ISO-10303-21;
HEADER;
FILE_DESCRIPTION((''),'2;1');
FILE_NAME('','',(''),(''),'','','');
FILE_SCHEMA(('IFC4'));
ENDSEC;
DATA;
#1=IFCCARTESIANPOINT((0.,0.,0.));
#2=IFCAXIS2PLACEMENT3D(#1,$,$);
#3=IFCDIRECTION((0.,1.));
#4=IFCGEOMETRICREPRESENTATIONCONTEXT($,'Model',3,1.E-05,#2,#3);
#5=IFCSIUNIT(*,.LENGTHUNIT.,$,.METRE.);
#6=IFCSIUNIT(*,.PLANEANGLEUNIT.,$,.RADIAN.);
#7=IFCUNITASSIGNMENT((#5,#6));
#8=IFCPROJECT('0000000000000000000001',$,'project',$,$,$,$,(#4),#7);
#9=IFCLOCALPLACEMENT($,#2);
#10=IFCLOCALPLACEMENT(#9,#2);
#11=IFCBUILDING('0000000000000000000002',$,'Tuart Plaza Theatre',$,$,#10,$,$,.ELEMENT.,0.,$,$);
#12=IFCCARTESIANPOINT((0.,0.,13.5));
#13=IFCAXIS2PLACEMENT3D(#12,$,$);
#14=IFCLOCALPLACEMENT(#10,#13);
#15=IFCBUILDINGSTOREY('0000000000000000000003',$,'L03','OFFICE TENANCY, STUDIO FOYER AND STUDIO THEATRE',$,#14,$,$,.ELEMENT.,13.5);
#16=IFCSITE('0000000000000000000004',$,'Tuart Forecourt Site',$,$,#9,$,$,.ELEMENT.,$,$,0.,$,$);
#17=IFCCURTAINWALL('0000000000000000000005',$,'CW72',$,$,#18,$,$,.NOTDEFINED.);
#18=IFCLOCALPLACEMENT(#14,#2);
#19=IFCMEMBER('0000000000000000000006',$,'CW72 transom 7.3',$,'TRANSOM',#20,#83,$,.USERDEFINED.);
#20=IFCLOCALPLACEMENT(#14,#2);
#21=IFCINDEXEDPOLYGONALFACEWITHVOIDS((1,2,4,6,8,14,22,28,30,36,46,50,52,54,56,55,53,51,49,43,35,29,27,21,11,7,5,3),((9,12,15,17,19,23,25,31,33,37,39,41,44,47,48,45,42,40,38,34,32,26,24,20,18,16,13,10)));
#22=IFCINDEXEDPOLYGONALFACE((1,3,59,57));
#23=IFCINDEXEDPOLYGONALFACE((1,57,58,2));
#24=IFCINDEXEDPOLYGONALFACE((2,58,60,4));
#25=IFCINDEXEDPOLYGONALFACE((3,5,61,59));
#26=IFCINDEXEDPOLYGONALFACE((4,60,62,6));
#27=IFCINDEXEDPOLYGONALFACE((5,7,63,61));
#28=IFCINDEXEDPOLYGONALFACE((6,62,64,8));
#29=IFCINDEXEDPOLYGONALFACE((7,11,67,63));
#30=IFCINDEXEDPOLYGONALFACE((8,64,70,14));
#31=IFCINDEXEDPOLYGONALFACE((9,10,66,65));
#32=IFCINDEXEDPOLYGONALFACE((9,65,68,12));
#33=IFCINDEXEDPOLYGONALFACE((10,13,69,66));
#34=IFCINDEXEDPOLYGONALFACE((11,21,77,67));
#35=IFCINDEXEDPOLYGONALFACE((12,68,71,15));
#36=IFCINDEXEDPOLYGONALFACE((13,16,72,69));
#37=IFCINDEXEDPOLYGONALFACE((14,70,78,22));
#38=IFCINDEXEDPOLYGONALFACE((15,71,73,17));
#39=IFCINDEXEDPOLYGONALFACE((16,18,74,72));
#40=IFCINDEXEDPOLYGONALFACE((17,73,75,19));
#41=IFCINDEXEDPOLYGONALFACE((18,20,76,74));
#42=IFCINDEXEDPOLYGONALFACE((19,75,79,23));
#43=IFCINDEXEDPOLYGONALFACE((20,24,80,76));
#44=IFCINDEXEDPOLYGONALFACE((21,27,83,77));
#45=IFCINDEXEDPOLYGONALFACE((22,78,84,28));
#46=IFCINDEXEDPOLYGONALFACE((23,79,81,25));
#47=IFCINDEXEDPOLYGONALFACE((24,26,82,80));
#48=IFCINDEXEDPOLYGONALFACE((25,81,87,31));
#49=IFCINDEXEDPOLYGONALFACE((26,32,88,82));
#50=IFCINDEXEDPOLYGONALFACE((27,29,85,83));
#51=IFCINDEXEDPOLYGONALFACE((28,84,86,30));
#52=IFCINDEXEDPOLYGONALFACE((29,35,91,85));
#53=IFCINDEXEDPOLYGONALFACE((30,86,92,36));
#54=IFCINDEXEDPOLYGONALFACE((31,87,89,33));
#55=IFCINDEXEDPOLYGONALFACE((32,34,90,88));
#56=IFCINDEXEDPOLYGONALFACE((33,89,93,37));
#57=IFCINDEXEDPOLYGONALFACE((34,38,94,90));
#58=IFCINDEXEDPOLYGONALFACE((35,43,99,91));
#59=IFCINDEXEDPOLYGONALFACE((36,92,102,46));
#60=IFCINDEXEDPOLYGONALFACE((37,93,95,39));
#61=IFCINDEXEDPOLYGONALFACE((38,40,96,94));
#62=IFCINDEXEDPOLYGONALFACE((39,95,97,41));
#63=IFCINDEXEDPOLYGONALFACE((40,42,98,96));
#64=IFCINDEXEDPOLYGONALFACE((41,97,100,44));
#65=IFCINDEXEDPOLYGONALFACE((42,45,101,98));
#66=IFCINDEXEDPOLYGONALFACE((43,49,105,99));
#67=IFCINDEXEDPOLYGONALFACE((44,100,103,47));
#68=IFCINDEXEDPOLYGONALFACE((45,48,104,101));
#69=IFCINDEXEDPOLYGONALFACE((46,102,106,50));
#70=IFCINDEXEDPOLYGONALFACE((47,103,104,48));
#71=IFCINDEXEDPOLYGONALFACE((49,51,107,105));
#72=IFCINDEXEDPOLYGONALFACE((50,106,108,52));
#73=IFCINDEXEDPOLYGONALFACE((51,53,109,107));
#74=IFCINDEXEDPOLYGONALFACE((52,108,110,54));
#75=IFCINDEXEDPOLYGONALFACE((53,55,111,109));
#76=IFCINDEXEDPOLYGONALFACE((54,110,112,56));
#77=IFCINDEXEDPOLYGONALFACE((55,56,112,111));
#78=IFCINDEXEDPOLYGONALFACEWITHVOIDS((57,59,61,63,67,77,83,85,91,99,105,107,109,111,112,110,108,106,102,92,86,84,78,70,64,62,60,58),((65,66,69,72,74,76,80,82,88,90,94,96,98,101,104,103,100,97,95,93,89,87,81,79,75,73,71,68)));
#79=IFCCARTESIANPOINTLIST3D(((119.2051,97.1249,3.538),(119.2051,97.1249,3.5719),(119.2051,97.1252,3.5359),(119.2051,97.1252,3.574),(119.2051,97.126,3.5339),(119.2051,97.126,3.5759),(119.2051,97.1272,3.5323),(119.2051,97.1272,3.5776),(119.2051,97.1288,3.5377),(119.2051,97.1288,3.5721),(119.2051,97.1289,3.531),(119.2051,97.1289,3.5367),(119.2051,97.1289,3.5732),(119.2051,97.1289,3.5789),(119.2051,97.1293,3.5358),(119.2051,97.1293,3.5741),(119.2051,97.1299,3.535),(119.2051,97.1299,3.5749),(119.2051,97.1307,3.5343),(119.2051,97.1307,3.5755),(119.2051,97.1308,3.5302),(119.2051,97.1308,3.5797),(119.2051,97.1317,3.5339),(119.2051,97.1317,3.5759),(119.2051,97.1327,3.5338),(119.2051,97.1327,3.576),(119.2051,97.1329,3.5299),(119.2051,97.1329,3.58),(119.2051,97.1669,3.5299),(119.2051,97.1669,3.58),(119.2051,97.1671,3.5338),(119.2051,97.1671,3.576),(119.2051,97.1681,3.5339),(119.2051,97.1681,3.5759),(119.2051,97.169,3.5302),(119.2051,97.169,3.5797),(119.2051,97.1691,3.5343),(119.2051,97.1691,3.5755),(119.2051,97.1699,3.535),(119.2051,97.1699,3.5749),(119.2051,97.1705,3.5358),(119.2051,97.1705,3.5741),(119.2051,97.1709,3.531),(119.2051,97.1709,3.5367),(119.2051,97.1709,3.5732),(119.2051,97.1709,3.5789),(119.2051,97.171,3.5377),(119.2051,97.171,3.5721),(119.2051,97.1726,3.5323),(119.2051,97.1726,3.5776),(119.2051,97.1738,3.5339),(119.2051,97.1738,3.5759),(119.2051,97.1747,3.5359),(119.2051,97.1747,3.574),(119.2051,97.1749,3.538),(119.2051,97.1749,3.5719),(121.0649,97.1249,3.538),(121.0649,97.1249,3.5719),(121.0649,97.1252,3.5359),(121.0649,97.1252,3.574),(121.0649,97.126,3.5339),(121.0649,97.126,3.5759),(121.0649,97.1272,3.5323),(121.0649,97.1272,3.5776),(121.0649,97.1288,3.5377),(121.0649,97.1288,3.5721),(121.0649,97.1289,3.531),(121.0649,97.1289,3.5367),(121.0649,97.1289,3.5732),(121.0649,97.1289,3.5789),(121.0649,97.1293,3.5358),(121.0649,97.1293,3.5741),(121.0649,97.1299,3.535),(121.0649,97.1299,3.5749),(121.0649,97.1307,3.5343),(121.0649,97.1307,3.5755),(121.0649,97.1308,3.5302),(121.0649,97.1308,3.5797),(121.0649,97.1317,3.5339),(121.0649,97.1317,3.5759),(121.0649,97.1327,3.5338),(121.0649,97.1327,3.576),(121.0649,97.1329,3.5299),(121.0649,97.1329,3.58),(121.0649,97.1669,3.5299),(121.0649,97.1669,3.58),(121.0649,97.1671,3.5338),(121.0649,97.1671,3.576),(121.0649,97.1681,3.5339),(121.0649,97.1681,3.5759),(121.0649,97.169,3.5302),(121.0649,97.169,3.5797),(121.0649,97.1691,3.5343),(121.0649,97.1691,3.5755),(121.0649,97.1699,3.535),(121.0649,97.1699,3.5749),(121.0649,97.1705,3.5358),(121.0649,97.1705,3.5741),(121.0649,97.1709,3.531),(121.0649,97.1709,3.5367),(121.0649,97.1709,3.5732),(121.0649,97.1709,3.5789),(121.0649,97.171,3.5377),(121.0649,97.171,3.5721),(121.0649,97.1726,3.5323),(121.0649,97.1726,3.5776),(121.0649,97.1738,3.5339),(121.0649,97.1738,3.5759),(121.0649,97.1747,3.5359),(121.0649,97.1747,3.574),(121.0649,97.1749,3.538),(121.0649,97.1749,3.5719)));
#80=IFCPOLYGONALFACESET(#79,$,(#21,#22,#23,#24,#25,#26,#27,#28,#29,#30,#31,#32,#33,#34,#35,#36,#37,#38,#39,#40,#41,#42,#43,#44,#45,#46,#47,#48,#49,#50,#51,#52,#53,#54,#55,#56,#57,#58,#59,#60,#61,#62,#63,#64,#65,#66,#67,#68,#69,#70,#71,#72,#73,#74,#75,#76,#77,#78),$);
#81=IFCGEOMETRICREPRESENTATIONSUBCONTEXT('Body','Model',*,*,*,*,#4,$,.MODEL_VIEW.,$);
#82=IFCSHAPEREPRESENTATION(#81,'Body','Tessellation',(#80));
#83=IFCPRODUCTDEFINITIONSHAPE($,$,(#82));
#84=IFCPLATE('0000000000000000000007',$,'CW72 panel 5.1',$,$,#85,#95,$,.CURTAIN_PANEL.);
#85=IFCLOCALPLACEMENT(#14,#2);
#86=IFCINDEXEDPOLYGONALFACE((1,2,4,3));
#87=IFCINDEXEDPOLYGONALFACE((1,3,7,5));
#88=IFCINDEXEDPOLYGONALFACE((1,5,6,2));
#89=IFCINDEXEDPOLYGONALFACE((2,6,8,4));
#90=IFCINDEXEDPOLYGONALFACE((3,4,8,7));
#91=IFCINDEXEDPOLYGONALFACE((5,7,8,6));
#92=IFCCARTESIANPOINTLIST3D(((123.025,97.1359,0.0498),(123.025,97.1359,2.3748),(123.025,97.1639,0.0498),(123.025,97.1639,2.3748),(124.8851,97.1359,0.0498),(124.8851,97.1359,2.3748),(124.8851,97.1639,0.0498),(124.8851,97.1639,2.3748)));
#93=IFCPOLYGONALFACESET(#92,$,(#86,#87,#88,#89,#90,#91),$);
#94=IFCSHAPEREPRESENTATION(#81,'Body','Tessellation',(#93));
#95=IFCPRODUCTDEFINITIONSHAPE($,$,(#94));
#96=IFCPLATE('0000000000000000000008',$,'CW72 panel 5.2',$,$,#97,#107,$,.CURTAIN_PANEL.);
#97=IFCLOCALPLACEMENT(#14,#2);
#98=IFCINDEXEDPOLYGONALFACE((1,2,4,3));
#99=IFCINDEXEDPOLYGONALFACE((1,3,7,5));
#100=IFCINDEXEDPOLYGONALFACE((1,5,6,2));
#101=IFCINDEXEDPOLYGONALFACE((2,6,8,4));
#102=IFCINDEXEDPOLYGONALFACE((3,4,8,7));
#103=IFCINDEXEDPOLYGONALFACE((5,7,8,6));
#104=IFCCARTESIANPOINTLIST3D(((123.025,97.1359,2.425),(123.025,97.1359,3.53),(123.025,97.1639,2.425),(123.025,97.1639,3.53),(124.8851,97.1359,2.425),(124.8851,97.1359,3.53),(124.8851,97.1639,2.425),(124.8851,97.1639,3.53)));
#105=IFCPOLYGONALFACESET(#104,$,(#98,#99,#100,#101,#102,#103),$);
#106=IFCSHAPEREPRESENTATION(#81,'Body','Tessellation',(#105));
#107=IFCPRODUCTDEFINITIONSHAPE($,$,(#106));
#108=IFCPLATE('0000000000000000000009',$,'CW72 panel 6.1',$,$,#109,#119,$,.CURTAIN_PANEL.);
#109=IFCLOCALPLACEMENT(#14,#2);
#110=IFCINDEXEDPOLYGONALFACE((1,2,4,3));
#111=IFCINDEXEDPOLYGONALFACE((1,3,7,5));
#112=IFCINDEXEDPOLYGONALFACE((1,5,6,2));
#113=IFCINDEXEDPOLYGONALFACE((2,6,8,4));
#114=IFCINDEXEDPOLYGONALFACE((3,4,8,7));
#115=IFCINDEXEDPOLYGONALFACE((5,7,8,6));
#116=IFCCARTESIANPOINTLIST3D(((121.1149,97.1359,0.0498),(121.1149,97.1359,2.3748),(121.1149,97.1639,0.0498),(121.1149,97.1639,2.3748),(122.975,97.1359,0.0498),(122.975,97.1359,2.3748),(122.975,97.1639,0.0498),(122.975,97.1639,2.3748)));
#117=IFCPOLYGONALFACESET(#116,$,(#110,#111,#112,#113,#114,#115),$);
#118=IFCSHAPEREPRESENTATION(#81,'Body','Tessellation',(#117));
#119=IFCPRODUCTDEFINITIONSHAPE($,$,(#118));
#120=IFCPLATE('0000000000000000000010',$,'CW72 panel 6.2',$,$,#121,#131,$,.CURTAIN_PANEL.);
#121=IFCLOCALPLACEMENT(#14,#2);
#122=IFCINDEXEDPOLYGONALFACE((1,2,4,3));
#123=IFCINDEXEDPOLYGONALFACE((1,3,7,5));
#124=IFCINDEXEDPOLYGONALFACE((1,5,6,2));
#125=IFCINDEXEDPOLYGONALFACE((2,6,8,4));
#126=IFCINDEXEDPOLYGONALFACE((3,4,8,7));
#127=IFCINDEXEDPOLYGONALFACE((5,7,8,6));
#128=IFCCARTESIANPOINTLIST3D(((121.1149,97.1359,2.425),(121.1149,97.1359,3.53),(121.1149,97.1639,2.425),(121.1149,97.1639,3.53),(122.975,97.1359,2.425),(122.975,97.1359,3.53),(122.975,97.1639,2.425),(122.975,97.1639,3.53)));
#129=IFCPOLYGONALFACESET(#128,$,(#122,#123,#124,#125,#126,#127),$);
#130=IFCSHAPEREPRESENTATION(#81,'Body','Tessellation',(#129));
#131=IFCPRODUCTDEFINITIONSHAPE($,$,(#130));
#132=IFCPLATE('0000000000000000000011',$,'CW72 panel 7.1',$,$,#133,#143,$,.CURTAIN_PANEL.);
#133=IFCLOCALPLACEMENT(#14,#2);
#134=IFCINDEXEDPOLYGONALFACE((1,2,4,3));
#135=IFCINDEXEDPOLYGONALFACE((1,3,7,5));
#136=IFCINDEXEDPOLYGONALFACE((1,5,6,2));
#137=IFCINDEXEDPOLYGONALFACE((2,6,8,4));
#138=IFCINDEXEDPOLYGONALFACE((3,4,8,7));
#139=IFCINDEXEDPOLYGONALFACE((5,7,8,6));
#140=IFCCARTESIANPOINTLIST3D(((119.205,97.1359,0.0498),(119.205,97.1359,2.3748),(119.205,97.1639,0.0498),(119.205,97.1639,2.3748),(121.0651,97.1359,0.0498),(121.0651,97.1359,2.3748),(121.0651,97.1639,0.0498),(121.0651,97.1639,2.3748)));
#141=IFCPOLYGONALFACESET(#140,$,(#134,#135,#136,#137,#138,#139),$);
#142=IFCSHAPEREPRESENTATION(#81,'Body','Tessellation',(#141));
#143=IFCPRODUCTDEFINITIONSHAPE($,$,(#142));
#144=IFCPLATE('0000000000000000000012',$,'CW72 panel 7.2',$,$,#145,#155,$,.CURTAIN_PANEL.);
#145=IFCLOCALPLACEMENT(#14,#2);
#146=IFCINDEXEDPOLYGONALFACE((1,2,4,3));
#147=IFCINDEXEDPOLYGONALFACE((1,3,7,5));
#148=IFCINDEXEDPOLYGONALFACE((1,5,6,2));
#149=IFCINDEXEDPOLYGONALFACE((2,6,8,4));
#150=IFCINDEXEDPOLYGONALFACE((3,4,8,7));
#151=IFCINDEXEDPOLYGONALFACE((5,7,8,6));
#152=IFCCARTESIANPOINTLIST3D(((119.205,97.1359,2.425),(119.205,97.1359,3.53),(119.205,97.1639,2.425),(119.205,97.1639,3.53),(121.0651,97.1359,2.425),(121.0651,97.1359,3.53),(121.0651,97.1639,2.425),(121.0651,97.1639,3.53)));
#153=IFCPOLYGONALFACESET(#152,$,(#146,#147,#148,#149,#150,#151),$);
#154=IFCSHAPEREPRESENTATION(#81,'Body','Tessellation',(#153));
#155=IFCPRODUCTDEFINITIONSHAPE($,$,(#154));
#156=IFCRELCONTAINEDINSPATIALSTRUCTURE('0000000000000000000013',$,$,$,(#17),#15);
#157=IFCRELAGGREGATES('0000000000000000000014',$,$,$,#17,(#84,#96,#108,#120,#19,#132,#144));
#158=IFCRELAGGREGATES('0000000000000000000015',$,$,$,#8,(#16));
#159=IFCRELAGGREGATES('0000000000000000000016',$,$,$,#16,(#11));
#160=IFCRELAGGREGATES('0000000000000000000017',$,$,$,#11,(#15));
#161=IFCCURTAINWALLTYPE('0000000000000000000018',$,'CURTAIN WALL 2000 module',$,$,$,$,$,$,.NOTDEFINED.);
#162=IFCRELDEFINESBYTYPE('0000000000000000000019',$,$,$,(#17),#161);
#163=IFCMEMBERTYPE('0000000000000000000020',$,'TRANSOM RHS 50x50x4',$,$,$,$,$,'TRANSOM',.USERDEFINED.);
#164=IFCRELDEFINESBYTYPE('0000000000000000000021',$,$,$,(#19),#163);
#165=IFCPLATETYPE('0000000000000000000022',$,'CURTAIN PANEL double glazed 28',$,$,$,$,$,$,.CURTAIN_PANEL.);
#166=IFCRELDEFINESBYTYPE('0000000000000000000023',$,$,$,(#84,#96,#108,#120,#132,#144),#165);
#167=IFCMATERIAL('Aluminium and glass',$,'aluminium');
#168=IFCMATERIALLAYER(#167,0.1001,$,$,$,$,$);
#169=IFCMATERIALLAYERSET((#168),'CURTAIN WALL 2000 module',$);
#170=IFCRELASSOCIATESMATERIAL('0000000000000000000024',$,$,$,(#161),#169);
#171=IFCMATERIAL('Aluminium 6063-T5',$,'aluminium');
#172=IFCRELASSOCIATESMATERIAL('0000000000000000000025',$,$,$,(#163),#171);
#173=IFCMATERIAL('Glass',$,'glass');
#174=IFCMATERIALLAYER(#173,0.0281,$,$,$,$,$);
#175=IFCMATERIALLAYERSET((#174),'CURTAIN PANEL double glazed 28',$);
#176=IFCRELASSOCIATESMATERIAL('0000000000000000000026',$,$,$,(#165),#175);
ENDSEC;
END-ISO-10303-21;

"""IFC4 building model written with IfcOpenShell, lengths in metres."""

from ifc_helpers import new_model, si_unit, direction, frame, origin, origin_2d, place, context, subcontext, project, spatial, rectangle, hollow_rectangle, extrude, material, layer, layer_set, material_profile, profile_set, type_object, element, aggregate, save


model = new_model("IFC4")

# Units and contexts
model_context = context("Model", 3, precision=1e-05, world=origin(), true_north=direction((0.0, 1.0)))
body_context = subcontext(model_context, "Body", "Model", "MODEL_VIEW")
ifc_project = project(units=[si_unit("LENGTHUNIT", "METRE"), si_unit("PLANEANGLEUNIT", "RADIAN")], contexts=[model_context])

# Site, building, storey
site_placement = place(None, origin())
site = spatial("IfcSite", under=ifc_project, at=site_placement, Name="Tuart Forecourt Site", CompositionType="ELEMENT", RefElevation=0.0)
building_placement = place(site_placement, origin())
building = spatial("IfcBuilding", under=site, at=building_placement, Name="Tuart Plaza Theatre", CompositionType="ELEMENT", ElevationOfRefHeight=0.0)
storey_placement = place(building_placement, frame((0.0, 0.0, 13.5)))
storey = spatial("IfcBuildingStorey", under=building, at=storey_placement, Name="L03", Description="OFFICE TENANCY, STUDIO FOYER AND STUDIO THEATRE", CompositionType="ELEMENT", Elevation=13.5)

# Curtain wall, member, plates
ifc_material_1 = material(Name="Aluminium and glass", Category="aluminium")
ifc_layer_1 = layer(ifc_material_1, 0.1001)
ifc_layer_set_1 = layer_set([ifc_layer_1], Name="CURTAIN WALL 2000 module")
curtain_wall_type = type_object("IfcCurtainWallType", Name="CURTAIN WALL 2000 module", PredefinedType="NOTDEFINED", material=ifc_layer_set_1)
curtain_wall_placement = place(storey_placement, origin())
curtain_wall = element("IfcCurtainWall", 1, at=curtain_wall_placement, inside=storey, type_object=curtain_wall_type, Name="CW72", PredefinedType="NOTDEFINED")
ifc_material_2 = material(Name="Aluminium 6063-T5", Category="aluminium")
ifc_material_profile_1 = material_profile(ifc_material_2, hollow_rectangle(XDim=0.05, YDim=0.05, WallThickness=0.0039, InnerFilletRadius=0.0039, OuterFilletRadius=0.0081, at=origin_2d()), Name="RHS 50x50x4")
ifc_profile_set_1 = profile_set([ifc_material_profile_1], Name="Aluminium 6063-T5")
member_type_1 = type_object("IfcMemberType", Name="TRANSOM RHS 50x50x4", ElementType="TRANSOM", PredefinedType="USERDEFINED", material=ifc_profile_set_1)
member_1_placement = place(storey_placement, frame((121.0649, 97.1499, 3.5549), z_axis=(-1.0, 0.0, 0.0), x_axis=(0.0, -1.0, 0.0)))
member_1 = element("IfcMember", 2, at=member_1_placement, type_object=member_type_1, Name="CW72 transom 7.3", ObjectType="TRANSOM", PredefinedType="USERDEFINED", context=body_context, shape_type="SweptSolid", body=[
    extrude(hollow_rectangle(XDim=0.05, YDim=0.05, WallThickness=0.0039, InnerFilletRadius=0.0039, OuterFilletRadius=0.0081, at=origin_2d()), origin(), (0.0, 0.0, 1.0), 1.8599),
])
ifc_material_3 = material(Name="Glass", Category="glass")
ifc_layer_2 = layer(ifc_material_3, 0.0281)
ifc_layer_set_2 = layer_set([ifc_layer_2], Name="CURTAIN PANEL double glazed 28")
plate_type = type_object("IfcPlateType", Name="CURTAIN PANEL double glazed 28", PredefinedType="CURTAIN_PANEL", material=ifc_layer_set_2)
plate_1_placement = place(storey_placement, frame((123.9551, 97.1499, 0.0498), z_axis=(0.0, 0.0, 1.0), x_axis=(-1.0, 0.0, 0.0)))
plate_1 = element("IfcPlate", 3, at=plate_1_placement, type_object=plate_type, Name="CW72 panel 5.1", PredefinedType="CURTAIN_PANEL", context=body_context, shape_type="SweptSolid", body=[
    extrude(rectangle(XDim=1.8601, YDim=0.0281, at=origin_2d()), origin(), (0.0, 0.0, 1.0), 2.325),
])
plate_2_placement = place(storey_placement, frame((123.9551, 97.1499, 2.425), z_axis=(0.0, 0.0, 1.0), x_axis=(-1.0, 0.0, 0.0)))
plate_2 = element("IfcPlate", 4, at=plate_2_placement, type_object=plate_type, Name="CW72 panel 5.2", PredefinedType="CURTAIN_PANEL", context=body_context, shape_type="SweptSolid", body=[
    extrude(rectangle(XDim=1.8601, YDim=0.0281, at=origin_2d()), origin(), (0.0, 0.0, 1.0), 1.105),
])
plate_3_placement = place(storey_placement, frame((122.0449, 97.1499, 0.0498), z_axis=(0.0, 0.0, 1.0), x_axis=(-1.0, 0.0, 0.0)))
plate_3 = element("IfcPlate", 5, at=plate_3_placement, type_object=plate_type, Name="CW72 panel 6.1", PredefinedType="CURTAIN_PANEL", context=body_context, shape_type="SweptSolid", body=[
    extrude(rectangle(XDim=1.8601, YDim=0.0281, at=origin_2d()), origin(), (0.0, 0.0, 1.0), 2.325),
])
plate_4_placement = place(storey_placement, frame((122.0449, 97.1499, 2.425), z_axis=(0.0, 0.0, 1.0), x_axis=(-1.0, 0.0, 0.0)))
plate_4 = element("IfcPlate", 6, at=plate_4_placement, type_object=plate_type, Name="CW72 panel 6.2", PredefinedType="CURTAIN_PANEL", context=body_context, shape_type="SweptSolid", body=[
    extrude(rectangle(XDim=1.8601, YDim=0.0281, at=origin_2d()), origin(), (0.0, 0.0, 1.0), 1.105),
])
plate_5_placement = place(storey_placement, frame((120.135, 97.1499, 0.0498), z_axis=(0.0, 0.0, 1.0), x_axis=(-1.0, 0.0, 0.0)))
plate_5 = element("IfcPlate", 7, at=plate_5_placement, type_object=plate_type, Name="CW72 panel 7.1", PredefinedType="CURTAIN_PANEL", context=body_context, shape_type="SweptSolid", body=[
    extrude(rectangle(XDim=1.8601, YDim=0.0281, at=origin_2d()), origin(), (0.0, 0.0, 1.0), 2.325),
])
plate_6_placement = place(storey_placement, frame((120.135, 97.1499, 2.425), z_axis=(0.0, 0.0, 1.0), x_axis=(-1.0, 0.0, 0.0)))
plate_6 = element("IfcPlate", 8, at=plate_6_placement, type_object=plate_type, Name="CW72 panel 7.2", PredefinedType="CURTAIN_PANEL", context=body_context, shape_type="SweptSolid", body=[
    extrude(rectangle(XDim=1.8601, YDim=0.0281, at=origin_2d()), origin(), (0.0, 0.0, 1.0), 1.105),
])
aggregate(curtain_wall, [plate_1, plate_2, plate_3, plate_4, member_1, plate_5, plate_6])

save(model, "model.ifc")
